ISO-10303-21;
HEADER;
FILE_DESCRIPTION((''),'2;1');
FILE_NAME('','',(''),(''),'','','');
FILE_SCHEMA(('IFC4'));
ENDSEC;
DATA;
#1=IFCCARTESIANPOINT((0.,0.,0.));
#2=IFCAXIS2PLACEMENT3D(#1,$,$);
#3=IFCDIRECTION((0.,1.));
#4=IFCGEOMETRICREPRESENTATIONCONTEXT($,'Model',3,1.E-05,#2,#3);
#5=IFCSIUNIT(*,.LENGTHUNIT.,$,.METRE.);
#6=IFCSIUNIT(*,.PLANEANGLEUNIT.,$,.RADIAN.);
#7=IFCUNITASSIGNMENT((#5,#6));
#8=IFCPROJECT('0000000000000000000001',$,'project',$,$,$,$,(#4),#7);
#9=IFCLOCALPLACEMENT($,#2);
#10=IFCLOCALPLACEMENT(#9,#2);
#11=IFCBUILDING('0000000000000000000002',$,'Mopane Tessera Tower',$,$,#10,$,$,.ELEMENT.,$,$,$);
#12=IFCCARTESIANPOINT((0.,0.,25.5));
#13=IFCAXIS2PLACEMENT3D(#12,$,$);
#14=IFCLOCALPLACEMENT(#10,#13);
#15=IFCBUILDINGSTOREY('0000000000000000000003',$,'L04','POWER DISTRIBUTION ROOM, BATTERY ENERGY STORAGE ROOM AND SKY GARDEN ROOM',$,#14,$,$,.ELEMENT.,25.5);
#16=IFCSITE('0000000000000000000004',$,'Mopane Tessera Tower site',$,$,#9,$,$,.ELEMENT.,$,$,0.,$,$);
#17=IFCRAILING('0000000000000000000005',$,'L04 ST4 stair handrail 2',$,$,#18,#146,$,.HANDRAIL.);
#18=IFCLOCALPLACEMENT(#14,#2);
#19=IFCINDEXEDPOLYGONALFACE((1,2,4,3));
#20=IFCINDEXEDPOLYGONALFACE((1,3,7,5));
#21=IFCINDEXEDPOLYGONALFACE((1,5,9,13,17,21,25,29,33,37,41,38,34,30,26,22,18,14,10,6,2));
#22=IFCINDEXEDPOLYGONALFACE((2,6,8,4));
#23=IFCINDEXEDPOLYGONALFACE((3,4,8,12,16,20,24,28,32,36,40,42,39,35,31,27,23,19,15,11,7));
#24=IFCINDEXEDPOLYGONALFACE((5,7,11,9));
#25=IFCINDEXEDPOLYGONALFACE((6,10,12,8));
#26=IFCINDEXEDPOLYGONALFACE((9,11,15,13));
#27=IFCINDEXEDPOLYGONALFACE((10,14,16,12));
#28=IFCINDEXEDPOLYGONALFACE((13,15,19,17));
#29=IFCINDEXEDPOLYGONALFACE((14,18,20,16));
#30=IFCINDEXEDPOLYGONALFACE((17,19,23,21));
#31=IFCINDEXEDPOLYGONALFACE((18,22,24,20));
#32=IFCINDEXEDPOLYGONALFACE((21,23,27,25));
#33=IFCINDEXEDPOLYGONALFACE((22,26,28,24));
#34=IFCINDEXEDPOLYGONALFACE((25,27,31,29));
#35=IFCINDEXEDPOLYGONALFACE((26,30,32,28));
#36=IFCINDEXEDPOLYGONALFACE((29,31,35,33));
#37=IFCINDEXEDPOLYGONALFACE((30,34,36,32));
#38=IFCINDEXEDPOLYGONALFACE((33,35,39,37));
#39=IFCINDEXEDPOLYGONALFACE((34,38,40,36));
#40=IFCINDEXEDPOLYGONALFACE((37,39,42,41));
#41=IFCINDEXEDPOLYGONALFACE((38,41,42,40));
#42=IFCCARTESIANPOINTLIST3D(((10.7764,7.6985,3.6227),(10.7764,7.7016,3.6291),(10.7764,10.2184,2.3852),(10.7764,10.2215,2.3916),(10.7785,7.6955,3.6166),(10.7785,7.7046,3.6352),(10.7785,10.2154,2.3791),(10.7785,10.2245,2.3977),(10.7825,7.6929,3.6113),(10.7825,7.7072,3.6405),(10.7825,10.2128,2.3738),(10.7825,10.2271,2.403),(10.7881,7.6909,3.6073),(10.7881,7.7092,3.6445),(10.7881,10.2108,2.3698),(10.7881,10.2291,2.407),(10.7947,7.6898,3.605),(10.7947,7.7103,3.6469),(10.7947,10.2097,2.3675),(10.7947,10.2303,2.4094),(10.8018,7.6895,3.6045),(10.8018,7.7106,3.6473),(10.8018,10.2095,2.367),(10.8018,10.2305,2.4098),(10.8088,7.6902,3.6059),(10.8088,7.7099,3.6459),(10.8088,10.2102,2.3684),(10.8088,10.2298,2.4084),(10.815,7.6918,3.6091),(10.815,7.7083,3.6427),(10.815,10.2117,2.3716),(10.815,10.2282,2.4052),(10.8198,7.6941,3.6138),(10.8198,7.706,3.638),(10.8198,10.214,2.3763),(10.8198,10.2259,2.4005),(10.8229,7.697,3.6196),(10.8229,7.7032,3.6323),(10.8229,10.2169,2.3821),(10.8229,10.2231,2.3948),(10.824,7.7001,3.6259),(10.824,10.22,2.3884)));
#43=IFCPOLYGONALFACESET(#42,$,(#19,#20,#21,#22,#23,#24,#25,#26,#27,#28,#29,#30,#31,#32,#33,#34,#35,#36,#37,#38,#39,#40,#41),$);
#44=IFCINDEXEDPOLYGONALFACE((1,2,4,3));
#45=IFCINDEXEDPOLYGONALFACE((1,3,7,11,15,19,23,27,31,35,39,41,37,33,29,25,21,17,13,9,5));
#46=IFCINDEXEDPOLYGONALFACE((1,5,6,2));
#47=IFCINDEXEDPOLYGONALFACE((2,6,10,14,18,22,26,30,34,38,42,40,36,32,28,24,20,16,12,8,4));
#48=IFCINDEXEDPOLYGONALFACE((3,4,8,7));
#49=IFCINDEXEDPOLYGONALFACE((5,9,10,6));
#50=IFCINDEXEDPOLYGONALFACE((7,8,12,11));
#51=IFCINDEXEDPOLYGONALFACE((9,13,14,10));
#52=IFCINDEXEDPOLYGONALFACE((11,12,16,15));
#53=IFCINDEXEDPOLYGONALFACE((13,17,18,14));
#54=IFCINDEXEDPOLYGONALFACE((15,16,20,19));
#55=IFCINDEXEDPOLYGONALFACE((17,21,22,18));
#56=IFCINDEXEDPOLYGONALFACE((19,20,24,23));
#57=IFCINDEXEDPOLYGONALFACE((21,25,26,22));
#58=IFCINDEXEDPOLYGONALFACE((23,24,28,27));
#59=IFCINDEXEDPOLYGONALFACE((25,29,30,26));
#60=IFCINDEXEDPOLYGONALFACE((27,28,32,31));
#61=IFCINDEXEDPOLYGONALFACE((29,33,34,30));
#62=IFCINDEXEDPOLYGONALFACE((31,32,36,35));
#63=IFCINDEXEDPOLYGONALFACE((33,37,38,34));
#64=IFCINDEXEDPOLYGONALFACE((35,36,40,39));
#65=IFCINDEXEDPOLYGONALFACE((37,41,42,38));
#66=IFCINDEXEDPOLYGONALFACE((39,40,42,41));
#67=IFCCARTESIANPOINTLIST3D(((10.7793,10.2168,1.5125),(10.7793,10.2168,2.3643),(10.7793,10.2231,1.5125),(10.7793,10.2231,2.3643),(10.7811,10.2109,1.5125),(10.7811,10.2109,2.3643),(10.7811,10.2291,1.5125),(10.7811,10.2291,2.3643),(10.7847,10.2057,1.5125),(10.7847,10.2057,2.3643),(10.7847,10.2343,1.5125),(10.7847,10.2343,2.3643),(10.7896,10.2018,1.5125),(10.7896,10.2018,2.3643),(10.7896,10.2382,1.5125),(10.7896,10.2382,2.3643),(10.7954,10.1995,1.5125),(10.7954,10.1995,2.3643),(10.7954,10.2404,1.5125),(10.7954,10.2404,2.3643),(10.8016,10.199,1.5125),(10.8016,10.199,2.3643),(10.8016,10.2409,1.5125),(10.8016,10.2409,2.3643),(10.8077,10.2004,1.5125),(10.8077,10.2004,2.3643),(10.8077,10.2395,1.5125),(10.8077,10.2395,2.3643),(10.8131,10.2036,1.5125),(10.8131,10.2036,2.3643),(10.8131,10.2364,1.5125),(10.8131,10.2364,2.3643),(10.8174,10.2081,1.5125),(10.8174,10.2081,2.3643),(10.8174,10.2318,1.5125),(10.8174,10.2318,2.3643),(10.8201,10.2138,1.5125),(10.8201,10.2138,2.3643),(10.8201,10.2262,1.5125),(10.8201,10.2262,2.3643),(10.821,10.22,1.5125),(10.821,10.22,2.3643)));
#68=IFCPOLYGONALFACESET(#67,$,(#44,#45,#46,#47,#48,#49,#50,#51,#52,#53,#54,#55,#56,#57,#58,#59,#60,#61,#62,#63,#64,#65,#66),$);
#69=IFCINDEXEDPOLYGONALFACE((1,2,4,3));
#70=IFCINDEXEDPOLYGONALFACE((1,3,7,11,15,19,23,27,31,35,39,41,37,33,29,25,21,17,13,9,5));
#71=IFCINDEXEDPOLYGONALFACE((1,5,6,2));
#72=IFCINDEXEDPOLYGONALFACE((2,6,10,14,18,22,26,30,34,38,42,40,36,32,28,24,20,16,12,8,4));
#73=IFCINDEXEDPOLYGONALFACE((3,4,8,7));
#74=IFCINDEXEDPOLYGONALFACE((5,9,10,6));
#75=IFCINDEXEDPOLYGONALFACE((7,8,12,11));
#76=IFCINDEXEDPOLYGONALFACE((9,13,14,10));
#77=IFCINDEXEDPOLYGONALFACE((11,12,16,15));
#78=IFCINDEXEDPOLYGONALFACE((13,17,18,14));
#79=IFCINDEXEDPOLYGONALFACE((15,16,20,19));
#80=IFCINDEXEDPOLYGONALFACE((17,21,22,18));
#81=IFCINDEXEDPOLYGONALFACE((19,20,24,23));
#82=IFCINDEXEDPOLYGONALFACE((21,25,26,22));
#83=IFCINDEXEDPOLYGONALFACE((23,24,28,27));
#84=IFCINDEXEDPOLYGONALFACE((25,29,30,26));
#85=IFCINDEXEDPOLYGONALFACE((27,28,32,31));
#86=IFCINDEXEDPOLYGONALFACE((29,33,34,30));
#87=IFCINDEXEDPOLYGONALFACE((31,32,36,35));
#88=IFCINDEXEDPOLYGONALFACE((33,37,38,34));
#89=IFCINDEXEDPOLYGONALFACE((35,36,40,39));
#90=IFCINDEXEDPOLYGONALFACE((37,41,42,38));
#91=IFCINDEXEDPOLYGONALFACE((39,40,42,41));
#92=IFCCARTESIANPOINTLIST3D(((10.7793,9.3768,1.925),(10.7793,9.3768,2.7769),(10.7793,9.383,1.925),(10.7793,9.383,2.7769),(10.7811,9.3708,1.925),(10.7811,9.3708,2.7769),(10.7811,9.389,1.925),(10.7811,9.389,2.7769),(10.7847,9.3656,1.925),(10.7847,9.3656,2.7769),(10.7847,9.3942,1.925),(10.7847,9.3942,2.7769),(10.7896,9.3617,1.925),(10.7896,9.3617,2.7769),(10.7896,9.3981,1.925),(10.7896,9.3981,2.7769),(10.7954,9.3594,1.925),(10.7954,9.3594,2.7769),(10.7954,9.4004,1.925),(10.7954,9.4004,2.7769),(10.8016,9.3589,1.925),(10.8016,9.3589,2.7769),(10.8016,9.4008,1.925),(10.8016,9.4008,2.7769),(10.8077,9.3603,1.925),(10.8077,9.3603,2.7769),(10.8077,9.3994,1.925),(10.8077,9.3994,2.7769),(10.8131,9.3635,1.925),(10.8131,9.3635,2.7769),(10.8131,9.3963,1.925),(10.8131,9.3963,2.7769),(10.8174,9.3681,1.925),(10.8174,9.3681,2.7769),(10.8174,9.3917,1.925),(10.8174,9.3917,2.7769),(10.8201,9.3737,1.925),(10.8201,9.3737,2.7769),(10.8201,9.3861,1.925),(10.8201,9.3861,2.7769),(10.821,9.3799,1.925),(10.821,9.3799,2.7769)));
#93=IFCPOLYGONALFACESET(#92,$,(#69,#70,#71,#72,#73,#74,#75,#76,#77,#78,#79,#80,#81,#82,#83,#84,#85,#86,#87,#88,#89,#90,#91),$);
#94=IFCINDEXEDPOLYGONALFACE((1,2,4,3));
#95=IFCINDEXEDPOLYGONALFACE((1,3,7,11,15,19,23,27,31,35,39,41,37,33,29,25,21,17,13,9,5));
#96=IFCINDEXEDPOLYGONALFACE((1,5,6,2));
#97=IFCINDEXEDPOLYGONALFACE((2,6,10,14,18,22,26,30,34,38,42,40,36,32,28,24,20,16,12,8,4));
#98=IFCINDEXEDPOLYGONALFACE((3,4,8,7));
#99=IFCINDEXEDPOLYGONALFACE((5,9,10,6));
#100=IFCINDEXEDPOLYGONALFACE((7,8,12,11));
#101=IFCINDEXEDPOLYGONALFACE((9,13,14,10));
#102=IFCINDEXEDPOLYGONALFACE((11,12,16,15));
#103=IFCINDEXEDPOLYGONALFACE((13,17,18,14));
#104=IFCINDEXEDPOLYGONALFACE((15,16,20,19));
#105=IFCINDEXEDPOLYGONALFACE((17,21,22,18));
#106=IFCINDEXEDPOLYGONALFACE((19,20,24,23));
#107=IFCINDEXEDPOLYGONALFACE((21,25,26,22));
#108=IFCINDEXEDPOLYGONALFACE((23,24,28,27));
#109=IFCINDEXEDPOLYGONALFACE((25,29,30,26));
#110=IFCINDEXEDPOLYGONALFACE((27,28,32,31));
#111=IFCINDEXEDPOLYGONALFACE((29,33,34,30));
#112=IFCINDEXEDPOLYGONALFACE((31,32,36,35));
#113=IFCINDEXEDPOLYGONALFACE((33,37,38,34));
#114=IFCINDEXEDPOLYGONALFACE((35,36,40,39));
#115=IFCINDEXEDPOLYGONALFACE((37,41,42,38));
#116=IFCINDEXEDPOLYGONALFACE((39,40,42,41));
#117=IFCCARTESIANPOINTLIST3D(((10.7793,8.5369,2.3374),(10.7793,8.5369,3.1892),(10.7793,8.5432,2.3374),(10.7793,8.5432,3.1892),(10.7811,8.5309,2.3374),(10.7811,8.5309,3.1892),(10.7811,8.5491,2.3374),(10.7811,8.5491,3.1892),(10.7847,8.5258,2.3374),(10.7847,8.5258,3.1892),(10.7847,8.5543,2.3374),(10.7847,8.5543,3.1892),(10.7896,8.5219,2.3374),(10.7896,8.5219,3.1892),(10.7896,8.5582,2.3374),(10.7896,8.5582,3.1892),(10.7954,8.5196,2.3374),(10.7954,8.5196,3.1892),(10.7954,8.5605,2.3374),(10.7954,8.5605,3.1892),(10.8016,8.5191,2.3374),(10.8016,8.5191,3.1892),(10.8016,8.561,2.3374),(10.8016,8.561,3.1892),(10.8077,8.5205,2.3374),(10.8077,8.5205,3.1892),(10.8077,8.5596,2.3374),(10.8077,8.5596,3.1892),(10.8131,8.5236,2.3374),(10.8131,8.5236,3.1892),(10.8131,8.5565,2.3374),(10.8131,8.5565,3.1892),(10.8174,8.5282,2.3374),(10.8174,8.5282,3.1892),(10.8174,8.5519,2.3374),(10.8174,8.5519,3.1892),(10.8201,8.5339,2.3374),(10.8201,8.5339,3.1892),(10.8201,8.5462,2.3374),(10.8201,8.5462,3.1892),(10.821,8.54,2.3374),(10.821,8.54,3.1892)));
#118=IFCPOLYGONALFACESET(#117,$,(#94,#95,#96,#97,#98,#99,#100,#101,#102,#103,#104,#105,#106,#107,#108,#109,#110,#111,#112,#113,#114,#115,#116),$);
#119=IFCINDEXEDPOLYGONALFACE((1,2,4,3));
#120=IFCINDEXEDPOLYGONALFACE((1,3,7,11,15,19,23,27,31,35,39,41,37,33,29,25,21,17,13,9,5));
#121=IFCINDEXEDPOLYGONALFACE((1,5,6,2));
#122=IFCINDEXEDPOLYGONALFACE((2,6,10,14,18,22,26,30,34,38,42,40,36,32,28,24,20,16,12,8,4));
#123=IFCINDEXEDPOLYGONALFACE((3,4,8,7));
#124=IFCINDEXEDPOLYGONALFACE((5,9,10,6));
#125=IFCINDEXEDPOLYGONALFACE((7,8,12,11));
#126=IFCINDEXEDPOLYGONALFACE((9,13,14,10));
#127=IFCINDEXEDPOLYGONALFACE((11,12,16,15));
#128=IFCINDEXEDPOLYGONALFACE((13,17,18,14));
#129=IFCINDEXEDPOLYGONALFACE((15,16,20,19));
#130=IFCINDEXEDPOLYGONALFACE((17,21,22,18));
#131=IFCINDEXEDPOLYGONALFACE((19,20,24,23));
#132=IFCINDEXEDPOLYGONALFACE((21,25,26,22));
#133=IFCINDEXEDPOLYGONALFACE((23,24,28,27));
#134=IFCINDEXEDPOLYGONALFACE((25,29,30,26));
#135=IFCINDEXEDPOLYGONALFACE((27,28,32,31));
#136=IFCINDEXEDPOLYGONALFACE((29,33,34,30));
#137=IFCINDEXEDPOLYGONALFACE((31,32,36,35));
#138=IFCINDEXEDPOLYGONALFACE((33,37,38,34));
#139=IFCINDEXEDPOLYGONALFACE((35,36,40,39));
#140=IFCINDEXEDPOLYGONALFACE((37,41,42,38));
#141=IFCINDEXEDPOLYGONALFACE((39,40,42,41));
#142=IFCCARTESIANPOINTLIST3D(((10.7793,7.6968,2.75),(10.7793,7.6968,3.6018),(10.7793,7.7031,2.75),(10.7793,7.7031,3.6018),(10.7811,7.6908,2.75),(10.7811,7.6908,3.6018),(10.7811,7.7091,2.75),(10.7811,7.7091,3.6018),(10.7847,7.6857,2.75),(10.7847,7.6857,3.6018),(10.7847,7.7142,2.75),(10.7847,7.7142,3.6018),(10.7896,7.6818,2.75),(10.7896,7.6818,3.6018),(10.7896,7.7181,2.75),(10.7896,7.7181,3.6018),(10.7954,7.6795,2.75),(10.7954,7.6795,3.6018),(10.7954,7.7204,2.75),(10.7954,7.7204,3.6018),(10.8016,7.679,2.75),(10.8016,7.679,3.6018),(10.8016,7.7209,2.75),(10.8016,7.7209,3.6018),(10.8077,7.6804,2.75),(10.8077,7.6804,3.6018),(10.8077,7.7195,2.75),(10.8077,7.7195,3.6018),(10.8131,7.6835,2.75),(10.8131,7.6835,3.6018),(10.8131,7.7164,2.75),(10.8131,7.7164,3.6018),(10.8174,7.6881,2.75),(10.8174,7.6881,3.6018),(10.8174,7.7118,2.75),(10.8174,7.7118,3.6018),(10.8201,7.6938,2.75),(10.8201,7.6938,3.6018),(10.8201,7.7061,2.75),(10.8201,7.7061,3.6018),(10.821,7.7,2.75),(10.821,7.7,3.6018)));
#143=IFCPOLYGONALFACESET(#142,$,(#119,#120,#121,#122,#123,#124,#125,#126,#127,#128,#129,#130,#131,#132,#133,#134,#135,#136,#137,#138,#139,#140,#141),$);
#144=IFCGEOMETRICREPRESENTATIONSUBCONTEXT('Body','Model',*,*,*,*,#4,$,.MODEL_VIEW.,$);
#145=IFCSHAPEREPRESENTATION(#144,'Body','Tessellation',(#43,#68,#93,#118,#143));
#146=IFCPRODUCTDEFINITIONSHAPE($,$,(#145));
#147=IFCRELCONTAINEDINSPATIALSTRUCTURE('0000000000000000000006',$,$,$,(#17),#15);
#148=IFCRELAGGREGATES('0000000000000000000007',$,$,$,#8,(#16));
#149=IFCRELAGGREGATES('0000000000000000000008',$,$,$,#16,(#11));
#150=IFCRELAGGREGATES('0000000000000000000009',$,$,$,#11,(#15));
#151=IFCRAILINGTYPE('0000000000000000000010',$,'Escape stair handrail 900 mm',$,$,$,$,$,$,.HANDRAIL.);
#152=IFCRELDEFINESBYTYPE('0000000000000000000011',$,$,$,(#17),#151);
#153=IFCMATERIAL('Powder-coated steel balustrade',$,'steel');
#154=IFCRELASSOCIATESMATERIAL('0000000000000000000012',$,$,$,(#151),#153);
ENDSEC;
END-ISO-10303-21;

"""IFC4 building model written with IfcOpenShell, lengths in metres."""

from ifc_helpers import new_model, si_unit, direction, frame, origin, origin_2d, place, context, subcontext, project, spatial, circle, extrude, material, type_object, element, save


model = new_model("IFC4")

# Units and contexts
model_context = context("Model", 3, precision=1e-05, world=origin(), true_north=direction((0.0, 1.0)))
body_context = subcontext(model_context, "Body", "Model", "MODEL_VIEW")
ifc_project = project(units=[si_unit("LENGTHUNIT", "METRE"), si_unit("PLANEANGLEUNIT", "RADIAN")], contexts=[model_context])

# Site, building, storey
site_placement = place(None, origin())
site = spatial("IfcSite", under=ifc_project, at=site_placement, Name="Mopane Tessera Tower site", CompositionType="ELEMENT", RefElevation=0.0)
building_placement = place(site_placement, origin())
building = spatial("IfcBuilding", under=site, at=building_placement, Name="Mopane Tessera Tower", CompositionType="ELEMENT")
storey_placement = place(building_placement, frame((0.0, 0.0, 25.5)))
storey = spatial("IfcBuildingStorey", under=building, at=storey_placement, Name="L04", Description="POWER DISTRIBUTION ROOM, BATTERY ENERGY STORAGE ROOM AND SKY GARDEN ROOM", CompositionType="ELEMENT", Elevation=25.5)

# Railing
ifc_material_1 = material(Name="Powder-coated steel balustrade", Category="steel")
railing_type_1 = type_object("IfcRailingType", Name="Escape stair handrail 900 mm", PredefinedType="HANDRAIL", material=ifc_material_1)
for number, where, name in (
    (1, (10.8, 10.22, 1.5125), "L04 ST4 stair handrail 2"),
):
    element("IfcRailing", number, at=place(storey_placement, frame(where)), inside=storey, type_object=railing_type_1, Name=name, PredefinedType="HANDRAIL", context=body_context, shape_type="SweptSolid", body=[
        extrude(circle(Radius=0.0239, at=origin_2d()), frame((0.0, 0.0, 0.876), z_axis=(0.0, -0.897604, 0.440802), x_axis=(1.0, 0.0, 0.0)), (0.0, 0.0, 1.0), 2.8074),
        extrude(circle(Radius=0.021, at=origin_2d()), origin(), (0.0, 0.0, 1.0), 0.8518),
        extrude(circle(Radius=0.021, at=origin_2d()), frame((0.0, -0.8401, 0.4126)), (0.0, 0.0, 1.0), 0.8518),
        extrude(circle(Radius=0.021, at=origin_2d()), frame((0.0, -1.6799, 0.825)), (0.0, 0.0, 1.0), 0.8518),
        extrude(circle(Radius=0.021, at=origin_2d()), frame((0.0, -2.52, 1.2375)), (0.0, 0.0, 1.0), 0.8518),
    ])

save(model, "model.ifc")
